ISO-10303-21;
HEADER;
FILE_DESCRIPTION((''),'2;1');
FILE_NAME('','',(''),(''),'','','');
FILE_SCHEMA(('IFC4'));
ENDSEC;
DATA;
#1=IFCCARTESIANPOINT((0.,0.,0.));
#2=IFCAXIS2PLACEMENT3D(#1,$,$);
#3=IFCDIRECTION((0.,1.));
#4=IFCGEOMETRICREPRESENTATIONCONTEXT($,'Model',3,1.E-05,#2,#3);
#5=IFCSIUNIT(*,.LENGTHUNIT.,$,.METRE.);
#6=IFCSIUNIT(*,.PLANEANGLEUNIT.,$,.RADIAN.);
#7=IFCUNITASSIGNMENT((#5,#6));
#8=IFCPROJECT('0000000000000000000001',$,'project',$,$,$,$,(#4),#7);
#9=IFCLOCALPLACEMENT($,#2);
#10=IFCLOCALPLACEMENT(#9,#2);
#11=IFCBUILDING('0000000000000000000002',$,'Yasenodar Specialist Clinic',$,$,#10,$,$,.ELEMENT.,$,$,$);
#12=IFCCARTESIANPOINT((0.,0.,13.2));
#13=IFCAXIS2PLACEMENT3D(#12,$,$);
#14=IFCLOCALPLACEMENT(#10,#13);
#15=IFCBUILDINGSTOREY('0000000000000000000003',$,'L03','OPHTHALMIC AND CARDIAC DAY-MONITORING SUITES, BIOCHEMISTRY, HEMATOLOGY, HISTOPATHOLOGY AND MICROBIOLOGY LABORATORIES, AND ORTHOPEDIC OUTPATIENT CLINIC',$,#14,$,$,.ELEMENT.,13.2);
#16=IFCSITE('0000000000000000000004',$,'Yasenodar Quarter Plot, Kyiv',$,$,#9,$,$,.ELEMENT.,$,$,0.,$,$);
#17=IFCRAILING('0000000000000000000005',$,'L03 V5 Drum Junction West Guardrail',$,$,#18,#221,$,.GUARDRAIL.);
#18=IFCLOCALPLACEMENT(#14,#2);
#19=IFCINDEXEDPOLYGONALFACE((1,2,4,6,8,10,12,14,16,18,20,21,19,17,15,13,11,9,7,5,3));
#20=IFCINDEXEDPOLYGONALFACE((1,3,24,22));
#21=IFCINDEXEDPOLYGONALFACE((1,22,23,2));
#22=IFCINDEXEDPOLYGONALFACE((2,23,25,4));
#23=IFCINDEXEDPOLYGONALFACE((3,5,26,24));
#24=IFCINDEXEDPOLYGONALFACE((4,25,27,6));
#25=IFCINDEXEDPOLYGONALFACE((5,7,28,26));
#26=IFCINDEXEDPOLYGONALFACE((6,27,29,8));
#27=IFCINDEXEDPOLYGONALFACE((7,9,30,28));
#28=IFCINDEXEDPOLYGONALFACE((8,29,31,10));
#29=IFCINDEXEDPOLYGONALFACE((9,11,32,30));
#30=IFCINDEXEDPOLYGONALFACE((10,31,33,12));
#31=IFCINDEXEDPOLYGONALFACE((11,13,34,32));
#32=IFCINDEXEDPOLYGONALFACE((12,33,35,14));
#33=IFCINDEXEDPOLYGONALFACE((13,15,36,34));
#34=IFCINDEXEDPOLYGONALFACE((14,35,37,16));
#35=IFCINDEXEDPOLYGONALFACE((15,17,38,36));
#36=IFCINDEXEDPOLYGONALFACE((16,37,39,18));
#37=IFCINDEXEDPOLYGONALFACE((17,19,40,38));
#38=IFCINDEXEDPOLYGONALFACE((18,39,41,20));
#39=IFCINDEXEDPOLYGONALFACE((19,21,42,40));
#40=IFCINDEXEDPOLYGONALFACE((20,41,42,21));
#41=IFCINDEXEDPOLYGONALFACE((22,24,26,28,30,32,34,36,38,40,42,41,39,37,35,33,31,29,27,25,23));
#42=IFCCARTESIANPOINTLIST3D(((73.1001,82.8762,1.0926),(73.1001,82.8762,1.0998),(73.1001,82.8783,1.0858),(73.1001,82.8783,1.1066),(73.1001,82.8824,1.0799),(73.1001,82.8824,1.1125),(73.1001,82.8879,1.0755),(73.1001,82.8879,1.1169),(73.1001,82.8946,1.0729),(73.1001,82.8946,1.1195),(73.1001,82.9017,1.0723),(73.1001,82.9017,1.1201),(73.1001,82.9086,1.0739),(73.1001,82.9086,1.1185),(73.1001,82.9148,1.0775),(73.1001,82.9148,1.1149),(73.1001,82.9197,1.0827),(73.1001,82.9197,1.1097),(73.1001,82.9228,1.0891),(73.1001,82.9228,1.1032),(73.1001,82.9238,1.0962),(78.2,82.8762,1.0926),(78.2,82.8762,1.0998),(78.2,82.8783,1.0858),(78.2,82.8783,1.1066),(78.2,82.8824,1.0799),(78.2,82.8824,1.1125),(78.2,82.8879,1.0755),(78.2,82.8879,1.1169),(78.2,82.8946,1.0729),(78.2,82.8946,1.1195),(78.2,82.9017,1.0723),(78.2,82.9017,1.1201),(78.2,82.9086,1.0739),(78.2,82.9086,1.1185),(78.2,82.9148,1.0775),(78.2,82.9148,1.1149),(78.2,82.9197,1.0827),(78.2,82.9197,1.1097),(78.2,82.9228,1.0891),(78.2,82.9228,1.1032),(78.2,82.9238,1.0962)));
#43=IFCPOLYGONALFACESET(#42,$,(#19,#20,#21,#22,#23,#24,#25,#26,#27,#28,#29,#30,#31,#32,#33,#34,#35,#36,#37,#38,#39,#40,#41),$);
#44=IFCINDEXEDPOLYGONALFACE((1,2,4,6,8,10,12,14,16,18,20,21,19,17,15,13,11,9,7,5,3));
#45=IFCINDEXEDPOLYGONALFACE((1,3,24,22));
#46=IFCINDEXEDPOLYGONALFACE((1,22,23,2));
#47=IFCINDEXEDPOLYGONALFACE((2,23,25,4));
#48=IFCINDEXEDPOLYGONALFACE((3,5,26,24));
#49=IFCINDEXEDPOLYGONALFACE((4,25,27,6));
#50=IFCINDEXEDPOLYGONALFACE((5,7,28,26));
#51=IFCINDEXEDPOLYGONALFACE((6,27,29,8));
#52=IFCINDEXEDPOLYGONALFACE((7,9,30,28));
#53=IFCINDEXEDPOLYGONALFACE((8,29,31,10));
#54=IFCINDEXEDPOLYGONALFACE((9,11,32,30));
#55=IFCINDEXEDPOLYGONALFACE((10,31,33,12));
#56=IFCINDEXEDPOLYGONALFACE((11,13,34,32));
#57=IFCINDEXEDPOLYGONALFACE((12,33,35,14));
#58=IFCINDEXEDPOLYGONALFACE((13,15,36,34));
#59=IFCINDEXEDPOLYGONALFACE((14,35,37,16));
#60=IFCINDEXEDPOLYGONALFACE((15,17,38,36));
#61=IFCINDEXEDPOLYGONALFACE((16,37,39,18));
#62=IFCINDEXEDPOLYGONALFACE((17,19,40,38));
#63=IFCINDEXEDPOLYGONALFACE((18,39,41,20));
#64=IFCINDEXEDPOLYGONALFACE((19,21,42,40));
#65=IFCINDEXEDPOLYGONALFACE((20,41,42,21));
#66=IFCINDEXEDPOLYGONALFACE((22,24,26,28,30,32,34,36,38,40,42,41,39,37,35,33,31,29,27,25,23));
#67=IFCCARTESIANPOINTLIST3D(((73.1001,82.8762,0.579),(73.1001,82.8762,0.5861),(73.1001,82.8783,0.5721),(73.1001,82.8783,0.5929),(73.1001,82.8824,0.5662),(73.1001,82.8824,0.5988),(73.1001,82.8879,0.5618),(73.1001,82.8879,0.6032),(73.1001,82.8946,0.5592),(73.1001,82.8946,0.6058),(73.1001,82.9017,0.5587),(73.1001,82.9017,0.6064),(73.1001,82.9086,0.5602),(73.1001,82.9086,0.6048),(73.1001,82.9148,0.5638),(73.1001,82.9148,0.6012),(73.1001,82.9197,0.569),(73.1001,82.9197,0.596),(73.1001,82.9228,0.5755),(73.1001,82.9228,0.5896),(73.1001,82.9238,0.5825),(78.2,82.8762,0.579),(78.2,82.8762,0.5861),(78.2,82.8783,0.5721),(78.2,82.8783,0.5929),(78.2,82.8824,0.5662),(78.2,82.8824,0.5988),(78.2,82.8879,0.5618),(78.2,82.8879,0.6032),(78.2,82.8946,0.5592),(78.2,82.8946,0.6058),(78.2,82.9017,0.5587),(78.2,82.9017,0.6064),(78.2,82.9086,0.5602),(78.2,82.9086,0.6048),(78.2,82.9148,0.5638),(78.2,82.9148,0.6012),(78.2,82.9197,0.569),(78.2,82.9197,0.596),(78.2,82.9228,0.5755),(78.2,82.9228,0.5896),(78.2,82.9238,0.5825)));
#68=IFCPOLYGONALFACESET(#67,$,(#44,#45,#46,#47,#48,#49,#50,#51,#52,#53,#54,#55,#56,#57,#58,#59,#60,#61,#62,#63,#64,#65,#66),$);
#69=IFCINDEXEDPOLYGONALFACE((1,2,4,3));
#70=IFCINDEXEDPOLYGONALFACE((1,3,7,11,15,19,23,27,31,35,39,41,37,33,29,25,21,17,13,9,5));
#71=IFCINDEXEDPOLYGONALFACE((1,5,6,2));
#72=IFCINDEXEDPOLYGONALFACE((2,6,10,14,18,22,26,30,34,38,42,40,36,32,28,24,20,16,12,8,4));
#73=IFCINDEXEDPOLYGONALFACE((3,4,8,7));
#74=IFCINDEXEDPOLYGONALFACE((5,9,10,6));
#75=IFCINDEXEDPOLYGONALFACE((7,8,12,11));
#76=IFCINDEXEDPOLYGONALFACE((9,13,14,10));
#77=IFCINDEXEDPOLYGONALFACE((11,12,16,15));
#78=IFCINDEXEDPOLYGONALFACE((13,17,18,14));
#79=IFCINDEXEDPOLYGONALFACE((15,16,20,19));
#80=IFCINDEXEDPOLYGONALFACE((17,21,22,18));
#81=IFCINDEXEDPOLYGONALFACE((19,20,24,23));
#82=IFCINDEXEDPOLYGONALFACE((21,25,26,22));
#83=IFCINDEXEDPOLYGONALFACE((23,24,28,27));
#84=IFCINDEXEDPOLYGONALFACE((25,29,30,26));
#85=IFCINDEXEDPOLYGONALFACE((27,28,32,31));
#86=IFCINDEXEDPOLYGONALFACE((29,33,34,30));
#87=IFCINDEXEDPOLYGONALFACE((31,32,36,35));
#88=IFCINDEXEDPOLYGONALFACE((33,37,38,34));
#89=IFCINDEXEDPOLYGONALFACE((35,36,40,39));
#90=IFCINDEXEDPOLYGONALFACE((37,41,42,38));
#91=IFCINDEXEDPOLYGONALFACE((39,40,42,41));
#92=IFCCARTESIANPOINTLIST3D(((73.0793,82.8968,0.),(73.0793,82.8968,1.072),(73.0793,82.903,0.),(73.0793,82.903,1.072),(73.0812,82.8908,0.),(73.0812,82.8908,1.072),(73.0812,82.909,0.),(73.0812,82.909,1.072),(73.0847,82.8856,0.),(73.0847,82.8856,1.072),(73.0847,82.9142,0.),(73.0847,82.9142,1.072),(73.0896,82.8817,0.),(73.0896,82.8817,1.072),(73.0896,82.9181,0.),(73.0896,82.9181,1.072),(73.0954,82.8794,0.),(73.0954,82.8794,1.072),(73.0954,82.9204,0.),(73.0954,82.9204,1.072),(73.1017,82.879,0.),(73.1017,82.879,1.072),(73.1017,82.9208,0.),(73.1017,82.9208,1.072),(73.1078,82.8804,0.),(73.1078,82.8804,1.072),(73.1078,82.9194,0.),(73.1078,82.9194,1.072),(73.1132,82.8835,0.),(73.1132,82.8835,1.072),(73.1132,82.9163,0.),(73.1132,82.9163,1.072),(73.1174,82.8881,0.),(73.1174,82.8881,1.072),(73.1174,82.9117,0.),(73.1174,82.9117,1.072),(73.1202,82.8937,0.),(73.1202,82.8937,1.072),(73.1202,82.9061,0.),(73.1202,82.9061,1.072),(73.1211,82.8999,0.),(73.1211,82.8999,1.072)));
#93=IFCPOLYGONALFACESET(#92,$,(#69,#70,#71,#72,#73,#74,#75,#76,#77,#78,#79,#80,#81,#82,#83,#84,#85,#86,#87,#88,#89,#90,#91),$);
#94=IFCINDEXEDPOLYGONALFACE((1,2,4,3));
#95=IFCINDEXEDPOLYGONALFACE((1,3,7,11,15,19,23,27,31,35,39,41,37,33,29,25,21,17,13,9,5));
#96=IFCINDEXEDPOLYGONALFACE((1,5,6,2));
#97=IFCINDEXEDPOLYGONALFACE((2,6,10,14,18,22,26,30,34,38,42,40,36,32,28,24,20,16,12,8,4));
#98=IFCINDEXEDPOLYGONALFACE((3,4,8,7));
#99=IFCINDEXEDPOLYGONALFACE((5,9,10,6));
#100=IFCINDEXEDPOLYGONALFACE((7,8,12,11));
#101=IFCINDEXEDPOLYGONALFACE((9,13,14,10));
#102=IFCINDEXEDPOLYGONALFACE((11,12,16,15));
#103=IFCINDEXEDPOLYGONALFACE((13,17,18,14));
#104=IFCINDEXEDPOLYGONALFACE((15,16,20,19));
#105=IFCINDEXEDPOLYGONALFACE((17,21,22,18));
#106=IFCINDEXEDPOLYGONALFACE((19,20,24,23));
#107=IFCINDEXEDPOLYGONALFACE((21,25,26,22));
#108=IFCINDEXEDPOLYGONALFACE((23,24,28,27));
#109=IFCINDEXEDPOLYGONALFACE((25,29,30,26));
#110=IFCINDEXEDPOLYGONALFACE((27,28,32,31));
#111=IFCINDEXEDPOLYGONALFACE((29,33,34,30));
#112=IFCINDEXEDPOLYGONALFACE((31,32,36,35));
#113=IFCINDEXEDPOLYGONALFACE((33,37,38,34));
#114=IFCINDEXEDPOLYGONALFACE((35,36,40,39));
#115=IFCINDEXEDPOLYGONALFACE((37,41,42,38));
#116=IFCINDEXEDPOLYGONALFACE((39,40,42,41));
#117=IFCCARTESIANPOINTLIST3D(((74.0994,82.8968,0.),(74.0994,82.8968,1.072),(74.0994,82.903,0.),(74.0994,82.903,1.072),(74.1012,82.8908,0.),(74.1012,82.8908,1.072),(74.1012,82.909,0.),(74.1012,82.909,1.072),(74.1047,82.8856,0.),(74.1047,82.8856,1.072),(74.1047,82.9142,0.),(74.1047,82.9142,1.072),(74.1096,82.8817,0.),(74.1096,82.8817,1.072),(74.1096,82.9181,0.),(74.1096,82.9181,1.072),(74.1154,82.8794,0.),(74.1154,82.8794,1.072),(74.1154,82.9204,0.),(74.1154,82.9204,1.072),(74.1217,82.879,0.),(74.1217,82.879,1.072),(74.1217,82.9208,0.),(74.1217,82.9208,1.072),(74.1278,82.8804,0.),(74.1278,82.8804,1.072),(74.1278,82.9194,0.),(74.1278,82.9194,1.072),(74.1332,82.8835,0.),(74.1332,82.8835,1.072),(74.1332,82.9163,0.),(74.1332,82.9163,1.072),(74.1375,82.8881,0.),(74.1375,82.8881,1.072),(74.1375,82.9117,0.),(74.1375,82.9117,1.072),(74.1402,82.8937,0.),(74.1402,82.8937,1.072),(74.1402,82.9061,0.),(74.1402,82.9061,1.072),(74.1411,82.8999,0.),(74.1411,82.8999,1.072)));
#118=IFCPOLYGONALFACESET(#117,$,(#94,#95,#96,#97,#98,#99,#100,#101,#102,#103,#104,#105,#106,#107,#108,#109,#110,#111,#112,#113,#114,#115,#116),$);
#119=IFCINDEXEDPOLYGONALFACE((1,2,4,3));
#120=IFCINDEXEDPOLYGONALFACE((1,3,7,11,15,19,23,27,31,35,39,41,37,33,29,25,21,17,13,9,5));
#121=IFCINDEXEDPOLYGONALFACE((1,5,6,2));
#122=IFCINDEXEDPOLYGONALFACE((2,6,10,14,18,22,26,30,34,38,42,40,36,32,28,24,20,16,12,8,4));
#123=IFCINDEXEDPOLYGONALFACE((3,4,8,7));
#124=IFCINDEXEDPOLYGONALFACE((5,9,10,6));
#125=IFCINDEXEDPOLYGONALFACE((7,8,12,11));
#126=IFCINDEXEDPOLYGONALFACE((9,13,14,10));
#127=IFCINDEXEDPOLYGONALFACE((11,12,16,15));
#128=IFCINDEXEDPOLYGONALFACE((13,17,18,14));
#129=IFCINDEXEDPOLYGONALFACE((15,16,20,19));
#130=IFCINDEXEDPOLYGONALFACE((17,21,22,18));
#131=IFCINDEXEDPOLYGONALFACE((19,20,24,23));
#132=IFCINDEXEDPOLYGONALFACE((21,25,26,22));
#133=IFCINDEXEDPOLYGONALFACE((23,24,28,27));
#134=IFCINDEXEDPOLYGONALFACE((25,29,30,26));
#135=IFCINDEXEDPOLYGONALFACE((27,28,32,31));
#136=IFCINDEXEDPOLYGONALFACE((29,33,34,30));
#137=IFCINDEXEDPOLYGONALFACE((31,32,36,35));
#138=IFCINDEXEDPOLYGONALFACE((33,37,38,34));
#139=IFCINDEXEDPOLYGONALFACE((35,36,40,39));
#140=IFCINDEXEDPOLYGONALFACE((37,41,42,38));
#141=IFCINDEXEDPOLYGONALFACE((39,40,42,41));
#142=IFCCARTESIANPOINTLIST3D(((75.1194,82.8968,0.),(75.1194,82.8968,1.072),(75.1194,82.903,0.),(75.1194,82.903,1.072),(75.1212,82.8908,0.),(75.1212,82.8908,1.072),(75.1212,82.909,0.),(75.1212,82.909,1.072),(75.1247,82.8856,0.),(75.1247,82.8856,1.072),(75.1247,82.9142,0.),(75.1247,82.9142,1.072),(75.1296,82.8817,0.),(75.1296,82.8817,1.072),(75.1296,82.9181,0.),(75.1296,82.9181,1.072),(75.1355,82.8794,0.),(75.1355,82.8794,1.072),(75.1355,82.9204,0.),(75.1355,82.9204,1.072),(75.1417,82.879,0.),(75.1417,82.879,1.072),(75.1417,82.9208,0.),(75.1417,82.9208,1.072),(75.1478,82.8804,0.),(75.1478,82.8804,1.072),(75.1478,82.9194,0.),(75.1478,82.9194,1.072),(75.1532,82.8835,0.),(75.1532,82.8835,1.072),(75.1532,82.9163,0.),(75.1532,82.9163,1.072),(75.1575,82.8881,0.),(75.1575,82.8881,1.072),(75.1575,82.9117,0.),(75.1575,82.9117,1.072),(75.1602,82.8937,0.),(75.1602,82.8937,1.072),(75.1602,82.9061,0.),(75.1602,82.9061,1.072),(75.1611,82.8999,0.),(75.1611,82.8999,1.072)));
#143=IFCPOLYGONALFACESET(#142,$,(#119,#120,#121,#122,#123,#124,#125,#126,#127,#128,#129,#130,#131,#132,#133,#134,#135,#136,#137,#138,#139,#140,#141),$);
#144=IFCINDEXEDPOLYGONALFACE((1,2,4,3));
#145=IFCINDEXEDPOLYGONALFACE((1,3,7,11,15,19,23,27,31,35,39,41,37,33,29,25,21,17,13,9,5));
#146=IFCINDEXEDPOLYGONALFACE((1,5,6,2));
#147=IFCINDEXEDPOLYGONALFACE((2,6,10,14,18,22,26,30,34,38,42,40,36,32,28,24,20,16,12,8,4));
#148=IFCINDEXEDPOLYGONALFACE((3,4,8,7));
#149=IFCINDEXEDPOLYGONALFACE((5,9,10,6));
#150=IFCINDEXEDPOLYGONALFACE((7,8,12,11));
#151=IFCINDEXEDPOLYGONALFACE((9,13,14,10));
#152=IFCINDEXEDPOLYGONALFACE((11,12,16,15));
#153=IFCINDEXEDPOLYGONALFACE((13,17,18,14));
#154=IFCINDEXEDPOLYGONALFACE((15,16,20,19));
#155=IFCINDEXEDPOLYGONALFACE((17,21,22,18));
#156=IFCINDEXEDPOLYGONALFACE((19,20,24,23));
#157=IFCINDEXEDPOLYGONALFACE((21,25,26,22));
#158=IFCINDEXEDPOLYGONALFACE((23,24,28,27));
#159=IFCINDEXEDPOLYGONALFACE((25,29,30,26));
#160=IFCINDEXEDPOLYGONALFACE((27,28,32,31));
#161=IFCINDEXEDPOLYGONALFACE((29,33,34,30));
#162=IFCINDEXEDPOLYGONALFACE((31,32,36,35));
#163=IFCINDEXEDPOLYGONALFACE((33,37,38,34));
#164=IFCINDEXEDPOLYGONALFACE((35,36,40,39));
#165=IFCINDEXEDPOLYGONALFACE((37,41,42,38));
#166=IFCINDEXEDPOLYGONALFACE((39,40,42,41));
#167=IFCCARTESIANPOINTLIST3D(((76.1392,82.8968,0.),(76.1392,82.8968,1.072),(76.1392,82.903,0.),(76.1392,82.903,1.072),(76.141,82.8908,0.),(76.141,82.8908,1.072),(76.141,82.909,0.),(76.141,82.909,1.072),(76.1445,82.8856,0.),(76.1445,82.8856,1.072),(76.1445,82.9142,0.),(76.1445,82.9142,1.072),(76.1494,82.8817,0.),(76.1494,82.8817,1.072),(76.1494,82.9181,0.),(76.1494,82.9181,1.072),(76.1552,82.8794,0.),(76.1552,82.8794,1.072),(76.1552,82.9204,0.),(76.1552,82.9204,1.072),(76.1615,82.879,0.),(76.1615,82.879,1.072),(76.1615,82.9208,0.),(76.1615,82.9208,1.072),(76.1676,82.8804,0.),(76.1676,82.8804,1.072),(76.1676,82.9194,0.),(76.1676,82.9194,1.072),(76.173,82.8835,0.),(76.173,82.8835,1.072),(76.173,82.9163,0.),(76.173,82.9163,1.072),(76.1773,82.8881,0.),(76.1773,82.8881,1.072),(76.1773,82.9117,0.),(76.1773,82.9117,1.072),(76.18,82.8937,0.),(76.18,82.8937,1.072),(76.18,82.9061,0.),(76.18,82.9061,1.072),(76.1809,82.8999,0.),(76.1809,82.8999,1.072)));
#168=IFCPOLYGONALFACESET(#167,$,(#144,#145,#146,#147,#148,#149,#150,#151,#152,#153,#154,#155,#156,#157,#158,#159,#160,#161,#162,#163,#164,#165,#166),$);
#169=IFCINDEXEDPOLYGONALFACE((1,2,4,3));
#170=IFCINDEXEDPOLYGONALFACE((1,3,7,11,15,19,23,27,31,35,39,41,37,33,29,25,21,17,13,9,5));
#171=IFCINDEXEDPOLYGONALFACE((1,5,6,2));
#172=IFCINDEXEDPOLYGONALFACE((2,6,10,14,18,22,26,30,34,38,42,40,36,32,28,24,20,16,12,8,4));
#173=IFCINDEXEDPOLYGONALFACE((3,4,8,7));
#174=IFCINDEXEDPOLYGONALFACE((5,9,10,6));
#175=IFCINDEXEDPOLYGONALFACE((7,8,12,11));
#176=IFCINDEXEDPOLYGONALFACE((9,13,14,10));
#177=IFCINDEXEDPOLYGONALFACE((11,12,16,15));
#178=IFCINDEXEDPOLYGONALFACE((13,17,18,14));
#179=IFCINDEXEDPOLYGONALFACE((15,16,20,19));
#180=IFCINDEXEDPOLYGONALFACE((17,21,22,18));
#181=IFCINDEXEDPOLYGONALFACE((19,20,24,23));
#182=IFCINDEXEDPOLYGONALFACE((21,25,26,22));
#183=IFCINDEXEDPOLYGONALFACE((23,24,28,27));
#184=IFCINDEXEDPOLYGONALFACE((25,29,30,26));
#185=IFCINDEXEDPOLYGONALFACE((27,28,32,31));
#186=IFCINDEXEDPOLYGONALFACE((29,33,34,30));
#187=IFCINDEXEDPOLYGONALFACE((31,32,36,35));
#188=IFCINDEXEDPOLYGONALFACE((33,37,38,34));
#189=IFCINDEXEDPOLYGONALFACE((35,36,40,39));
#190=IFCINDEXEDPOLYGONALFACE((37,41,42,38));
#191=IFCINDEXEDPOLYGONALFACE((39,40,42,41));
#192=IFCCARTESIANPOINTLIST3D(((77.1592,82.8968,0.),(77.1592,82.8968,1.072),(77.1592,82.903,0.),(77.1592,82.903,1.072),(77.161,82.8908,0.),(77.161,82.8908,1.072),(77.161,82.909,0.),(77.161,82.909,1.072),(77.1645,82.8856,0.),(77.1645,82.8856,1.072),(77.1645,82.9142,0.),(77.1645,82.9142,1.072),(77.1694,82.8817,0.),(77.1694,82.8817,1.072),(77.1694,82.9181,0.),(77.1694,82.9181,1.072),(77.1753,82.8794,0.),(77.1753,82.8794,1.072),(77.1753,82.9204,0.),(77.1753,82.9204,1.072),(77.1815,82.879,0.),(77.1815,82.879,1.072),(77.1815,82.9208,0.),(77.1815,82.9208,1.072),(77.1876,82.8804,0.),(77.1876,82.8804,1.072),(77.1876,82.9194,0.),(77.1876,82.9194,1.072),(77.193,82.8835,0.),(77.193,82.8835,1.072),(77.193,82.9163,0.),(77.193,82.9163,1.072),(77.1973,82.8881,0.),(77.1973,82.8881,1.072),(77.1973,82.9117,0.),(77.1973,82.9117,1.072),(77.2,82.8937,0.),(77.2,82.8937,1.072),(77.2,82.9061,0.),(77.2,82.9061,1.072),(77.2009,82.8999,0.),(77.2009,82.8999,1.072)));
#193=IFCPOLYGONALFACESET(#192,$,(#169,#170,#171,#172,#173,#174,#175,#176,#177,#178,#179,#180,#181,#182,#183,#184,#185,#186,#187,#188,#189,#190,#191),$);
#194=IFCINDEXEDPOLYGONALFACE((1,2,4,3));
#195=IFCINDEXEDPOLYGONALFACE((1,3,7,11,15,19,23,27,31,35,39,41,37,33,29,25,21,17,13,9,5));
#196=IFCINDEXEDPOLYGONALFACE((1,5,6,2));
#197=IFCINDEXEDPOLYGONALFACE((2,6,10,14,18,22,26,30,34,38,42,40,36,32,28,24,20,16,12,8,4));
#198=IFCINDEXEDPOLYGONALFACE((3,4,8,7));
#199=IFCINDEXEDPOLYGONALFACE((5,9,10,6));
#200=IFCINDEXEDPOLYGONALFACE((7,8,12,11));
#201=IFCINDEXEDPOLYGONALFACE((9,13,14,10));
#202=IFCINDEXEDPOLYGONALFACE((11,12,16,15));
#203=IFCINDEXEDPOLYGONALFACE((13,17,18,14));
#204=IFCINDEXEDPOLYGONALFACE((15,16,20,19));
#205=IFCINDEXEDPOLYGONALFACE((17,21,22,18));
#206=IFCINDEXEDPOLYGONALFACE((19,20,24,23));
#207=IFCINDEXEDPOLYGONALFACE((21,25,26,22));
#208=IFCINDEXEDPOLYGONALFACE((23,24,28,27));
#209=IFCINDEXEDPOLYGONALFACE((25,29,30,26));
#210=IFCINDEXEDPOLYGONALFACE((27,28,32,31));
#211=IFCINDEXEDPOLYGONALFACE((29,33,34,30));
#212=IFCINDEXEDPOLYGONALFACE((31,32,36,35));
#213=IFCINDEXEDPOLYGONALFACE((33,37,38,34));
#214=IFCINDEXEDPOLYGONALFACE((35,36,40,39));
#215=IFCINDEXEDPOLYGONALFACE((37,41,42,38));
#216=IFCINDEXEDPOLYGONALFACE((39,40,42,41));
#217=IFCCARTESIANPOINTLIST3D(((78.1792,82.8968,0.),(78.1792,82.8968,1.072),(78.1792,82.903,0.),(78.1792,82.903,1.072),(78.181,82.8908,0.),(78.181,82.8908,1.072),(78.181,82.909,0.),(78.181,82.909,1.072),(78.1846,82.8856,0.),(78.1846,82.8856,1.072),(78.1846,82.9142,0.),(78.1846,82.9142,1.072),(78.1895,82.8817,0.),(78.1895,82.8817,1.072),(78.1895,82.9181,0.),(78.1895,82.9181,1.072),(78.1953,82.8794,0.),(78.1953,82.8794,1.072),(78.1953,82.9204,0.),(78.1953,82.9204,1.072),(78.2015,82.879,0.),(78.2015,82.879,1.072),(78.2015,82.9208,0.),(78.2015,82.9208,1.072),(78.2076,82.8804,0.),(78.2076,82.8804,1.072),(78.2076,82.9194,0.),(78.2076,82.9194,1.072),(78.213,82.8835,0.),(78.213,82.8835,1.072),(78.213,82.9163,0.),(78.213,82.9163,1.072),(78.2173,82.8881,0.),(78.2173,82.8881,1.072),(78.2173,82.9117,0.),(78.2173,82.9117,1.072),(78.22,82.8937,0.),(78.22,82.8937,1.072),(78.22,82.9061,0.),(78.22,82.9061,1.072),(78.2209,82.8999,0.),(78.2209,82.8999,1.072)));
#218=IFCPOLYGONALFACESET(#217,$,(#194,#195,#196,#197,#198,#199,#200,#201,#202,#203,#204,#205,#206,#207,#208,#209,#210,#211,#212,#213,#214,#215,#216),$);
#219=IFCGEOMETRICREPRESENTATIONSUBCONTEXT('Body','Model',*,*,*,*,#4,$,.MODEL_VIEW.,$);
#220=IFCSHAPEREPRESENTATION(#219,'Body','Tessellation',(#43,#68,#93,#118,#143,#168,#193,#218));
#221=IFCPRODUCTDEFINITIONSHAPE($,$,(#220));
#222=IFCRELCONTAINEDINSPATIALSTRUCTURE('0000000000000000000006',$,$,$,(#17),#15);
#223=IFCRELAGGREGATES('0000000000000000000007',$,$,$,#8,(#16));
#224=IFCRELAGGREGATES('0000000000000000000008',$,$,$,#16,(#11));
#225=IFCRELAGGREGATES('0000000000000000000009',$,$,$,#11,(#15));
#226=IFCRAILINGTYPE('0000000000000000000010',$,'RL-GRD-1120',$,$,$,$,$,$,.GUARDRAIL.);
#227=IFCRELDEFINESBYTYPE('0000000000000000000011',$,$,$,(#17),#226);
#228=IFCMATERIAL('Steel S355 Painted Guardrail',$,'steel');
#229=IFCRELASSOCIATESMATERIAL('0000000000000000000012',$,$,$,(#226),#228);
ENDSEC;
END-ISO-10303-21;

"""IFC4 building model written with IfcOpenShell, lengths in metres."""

from ifc_helpers import new_model, si_unit, direction, frame, origin, origin_2d, place, context, subcontext, project, spatial, circle, extrude, material, type_object, element, save


model = new_model("IFC4")

# Units and contexts
model_context = context("Model", 3, precision=1e-05, world=origin(), true_north=direction((0.0, 1.0)))
body_context = subcontext(model_context, "Body", "Model", "MODEL_VIEW")
ifc_project = project(units=[si_unit("LENGTHUNIT", "METRE"), si_unit("PLANEANGLEUNIT", "RADIAN")], contexts=[model_context])

# Site, building, storey
site_placement = place(None, origin())
site = spatial("IfcSite", under=ifc_project, at=site_placement, Name="Yasenodar Quarter Plot, Kyiv", CompositionType="ELEMENT", RefElevation=0.0)
building_placement = place(site_placement, origin())
building = spatial("IfcBuilding", under=site, at=building_placement, Name="Yasenodar Specialist Clinic", CompositionType="ELEMENT")
storey_placement = place(building_placement, frame((0.0, 0.0, 13.2)))
storey = spatial("IfcBuildingStorey", under=building, at=storey_placement, Name="L03", Description="OPHTHALMIC AND CARDIAC DAY-MONITORING SUITES, BIOCHEMISTRY, HEMATOLOGY, HISTOPATHOLOGY AND MICROBIOLOGY LABORATORIES, AND ORTHOPEDIC OUTPATIENT CLINIC", CompositionType="ELEMENT", Elevation=13.2)

# Railing
ifc_material_1 = material(Name="Steel S355 Painted Guardrail", Category="steel")
railing_type = type_object("IfcRailingType", Name="RL-GRD-1120", PredefinedType="GUARDRAIL", material=ifc_material_1)
railing_1_placement = place(storey_placement, frame((73.1001, 82.8999, 0.0)))
element("IfcRailing", 1, at=railing_1_placement, inside=storey, type_object=railing_type, Name="L03 V5 Drum Junction West Guardrail", PredefinedType="GUARDRAIL", context=body_context, shape_type="SweptSolid", body=[
    extrude(circle(Radius=0.0239, at=origin_2d()), frame((0.0, 0.0, 1.0962), z_axis=(1.0, 0.0, 0.0), x_axis=(0.0, 1.0, 0.0)), (0.0, 0.0, 1.0), 5.0999),
    extrude(circle(Radius=0.0239, at=origin_2d()), frame((0.0, 0.0, 0.5825), z_axis=(1.0, 0.0, 0.0), x_axis=(0.0, 1.0, 0.0)), (0.0, 0.0, 1.0), 5.0999),
    extrude(circle(Radius=0.021, at=origin_2d()), origin(), (0.0, 0.0, 1.0), 1.072),
    extrude(circle(Radius=0.021, at=origin_2d()), frame((1.02, 0.0, 0.0)), (0.0, 0.0, 1.0), 1.072),
    extrude(circle(Radius=0.021, at=origin_2d()), frame((2.04, 0.0, 0.0)), (0.0, 0.0, 1.0), 1.072),
    extrude(circle(Radius=0.021, at=origin_2d()), frame((3.0598, 0.0, 0.0)), (0.0, 0.0, 1.0), 1.072),
    extrude(circle(Radius=0.021, at=origin_2d()), frame((4.0798, 0.0, 0.0)), (0.0, 0.0, 1.0), 1.072),
    extrude(circle(Radius=0.021, at=origin_2d()), frame((5.0999, 0.0, 0.0)), (0.0, 0.0, 1.0), 1.072),
])

save(model, "model.ifc")
